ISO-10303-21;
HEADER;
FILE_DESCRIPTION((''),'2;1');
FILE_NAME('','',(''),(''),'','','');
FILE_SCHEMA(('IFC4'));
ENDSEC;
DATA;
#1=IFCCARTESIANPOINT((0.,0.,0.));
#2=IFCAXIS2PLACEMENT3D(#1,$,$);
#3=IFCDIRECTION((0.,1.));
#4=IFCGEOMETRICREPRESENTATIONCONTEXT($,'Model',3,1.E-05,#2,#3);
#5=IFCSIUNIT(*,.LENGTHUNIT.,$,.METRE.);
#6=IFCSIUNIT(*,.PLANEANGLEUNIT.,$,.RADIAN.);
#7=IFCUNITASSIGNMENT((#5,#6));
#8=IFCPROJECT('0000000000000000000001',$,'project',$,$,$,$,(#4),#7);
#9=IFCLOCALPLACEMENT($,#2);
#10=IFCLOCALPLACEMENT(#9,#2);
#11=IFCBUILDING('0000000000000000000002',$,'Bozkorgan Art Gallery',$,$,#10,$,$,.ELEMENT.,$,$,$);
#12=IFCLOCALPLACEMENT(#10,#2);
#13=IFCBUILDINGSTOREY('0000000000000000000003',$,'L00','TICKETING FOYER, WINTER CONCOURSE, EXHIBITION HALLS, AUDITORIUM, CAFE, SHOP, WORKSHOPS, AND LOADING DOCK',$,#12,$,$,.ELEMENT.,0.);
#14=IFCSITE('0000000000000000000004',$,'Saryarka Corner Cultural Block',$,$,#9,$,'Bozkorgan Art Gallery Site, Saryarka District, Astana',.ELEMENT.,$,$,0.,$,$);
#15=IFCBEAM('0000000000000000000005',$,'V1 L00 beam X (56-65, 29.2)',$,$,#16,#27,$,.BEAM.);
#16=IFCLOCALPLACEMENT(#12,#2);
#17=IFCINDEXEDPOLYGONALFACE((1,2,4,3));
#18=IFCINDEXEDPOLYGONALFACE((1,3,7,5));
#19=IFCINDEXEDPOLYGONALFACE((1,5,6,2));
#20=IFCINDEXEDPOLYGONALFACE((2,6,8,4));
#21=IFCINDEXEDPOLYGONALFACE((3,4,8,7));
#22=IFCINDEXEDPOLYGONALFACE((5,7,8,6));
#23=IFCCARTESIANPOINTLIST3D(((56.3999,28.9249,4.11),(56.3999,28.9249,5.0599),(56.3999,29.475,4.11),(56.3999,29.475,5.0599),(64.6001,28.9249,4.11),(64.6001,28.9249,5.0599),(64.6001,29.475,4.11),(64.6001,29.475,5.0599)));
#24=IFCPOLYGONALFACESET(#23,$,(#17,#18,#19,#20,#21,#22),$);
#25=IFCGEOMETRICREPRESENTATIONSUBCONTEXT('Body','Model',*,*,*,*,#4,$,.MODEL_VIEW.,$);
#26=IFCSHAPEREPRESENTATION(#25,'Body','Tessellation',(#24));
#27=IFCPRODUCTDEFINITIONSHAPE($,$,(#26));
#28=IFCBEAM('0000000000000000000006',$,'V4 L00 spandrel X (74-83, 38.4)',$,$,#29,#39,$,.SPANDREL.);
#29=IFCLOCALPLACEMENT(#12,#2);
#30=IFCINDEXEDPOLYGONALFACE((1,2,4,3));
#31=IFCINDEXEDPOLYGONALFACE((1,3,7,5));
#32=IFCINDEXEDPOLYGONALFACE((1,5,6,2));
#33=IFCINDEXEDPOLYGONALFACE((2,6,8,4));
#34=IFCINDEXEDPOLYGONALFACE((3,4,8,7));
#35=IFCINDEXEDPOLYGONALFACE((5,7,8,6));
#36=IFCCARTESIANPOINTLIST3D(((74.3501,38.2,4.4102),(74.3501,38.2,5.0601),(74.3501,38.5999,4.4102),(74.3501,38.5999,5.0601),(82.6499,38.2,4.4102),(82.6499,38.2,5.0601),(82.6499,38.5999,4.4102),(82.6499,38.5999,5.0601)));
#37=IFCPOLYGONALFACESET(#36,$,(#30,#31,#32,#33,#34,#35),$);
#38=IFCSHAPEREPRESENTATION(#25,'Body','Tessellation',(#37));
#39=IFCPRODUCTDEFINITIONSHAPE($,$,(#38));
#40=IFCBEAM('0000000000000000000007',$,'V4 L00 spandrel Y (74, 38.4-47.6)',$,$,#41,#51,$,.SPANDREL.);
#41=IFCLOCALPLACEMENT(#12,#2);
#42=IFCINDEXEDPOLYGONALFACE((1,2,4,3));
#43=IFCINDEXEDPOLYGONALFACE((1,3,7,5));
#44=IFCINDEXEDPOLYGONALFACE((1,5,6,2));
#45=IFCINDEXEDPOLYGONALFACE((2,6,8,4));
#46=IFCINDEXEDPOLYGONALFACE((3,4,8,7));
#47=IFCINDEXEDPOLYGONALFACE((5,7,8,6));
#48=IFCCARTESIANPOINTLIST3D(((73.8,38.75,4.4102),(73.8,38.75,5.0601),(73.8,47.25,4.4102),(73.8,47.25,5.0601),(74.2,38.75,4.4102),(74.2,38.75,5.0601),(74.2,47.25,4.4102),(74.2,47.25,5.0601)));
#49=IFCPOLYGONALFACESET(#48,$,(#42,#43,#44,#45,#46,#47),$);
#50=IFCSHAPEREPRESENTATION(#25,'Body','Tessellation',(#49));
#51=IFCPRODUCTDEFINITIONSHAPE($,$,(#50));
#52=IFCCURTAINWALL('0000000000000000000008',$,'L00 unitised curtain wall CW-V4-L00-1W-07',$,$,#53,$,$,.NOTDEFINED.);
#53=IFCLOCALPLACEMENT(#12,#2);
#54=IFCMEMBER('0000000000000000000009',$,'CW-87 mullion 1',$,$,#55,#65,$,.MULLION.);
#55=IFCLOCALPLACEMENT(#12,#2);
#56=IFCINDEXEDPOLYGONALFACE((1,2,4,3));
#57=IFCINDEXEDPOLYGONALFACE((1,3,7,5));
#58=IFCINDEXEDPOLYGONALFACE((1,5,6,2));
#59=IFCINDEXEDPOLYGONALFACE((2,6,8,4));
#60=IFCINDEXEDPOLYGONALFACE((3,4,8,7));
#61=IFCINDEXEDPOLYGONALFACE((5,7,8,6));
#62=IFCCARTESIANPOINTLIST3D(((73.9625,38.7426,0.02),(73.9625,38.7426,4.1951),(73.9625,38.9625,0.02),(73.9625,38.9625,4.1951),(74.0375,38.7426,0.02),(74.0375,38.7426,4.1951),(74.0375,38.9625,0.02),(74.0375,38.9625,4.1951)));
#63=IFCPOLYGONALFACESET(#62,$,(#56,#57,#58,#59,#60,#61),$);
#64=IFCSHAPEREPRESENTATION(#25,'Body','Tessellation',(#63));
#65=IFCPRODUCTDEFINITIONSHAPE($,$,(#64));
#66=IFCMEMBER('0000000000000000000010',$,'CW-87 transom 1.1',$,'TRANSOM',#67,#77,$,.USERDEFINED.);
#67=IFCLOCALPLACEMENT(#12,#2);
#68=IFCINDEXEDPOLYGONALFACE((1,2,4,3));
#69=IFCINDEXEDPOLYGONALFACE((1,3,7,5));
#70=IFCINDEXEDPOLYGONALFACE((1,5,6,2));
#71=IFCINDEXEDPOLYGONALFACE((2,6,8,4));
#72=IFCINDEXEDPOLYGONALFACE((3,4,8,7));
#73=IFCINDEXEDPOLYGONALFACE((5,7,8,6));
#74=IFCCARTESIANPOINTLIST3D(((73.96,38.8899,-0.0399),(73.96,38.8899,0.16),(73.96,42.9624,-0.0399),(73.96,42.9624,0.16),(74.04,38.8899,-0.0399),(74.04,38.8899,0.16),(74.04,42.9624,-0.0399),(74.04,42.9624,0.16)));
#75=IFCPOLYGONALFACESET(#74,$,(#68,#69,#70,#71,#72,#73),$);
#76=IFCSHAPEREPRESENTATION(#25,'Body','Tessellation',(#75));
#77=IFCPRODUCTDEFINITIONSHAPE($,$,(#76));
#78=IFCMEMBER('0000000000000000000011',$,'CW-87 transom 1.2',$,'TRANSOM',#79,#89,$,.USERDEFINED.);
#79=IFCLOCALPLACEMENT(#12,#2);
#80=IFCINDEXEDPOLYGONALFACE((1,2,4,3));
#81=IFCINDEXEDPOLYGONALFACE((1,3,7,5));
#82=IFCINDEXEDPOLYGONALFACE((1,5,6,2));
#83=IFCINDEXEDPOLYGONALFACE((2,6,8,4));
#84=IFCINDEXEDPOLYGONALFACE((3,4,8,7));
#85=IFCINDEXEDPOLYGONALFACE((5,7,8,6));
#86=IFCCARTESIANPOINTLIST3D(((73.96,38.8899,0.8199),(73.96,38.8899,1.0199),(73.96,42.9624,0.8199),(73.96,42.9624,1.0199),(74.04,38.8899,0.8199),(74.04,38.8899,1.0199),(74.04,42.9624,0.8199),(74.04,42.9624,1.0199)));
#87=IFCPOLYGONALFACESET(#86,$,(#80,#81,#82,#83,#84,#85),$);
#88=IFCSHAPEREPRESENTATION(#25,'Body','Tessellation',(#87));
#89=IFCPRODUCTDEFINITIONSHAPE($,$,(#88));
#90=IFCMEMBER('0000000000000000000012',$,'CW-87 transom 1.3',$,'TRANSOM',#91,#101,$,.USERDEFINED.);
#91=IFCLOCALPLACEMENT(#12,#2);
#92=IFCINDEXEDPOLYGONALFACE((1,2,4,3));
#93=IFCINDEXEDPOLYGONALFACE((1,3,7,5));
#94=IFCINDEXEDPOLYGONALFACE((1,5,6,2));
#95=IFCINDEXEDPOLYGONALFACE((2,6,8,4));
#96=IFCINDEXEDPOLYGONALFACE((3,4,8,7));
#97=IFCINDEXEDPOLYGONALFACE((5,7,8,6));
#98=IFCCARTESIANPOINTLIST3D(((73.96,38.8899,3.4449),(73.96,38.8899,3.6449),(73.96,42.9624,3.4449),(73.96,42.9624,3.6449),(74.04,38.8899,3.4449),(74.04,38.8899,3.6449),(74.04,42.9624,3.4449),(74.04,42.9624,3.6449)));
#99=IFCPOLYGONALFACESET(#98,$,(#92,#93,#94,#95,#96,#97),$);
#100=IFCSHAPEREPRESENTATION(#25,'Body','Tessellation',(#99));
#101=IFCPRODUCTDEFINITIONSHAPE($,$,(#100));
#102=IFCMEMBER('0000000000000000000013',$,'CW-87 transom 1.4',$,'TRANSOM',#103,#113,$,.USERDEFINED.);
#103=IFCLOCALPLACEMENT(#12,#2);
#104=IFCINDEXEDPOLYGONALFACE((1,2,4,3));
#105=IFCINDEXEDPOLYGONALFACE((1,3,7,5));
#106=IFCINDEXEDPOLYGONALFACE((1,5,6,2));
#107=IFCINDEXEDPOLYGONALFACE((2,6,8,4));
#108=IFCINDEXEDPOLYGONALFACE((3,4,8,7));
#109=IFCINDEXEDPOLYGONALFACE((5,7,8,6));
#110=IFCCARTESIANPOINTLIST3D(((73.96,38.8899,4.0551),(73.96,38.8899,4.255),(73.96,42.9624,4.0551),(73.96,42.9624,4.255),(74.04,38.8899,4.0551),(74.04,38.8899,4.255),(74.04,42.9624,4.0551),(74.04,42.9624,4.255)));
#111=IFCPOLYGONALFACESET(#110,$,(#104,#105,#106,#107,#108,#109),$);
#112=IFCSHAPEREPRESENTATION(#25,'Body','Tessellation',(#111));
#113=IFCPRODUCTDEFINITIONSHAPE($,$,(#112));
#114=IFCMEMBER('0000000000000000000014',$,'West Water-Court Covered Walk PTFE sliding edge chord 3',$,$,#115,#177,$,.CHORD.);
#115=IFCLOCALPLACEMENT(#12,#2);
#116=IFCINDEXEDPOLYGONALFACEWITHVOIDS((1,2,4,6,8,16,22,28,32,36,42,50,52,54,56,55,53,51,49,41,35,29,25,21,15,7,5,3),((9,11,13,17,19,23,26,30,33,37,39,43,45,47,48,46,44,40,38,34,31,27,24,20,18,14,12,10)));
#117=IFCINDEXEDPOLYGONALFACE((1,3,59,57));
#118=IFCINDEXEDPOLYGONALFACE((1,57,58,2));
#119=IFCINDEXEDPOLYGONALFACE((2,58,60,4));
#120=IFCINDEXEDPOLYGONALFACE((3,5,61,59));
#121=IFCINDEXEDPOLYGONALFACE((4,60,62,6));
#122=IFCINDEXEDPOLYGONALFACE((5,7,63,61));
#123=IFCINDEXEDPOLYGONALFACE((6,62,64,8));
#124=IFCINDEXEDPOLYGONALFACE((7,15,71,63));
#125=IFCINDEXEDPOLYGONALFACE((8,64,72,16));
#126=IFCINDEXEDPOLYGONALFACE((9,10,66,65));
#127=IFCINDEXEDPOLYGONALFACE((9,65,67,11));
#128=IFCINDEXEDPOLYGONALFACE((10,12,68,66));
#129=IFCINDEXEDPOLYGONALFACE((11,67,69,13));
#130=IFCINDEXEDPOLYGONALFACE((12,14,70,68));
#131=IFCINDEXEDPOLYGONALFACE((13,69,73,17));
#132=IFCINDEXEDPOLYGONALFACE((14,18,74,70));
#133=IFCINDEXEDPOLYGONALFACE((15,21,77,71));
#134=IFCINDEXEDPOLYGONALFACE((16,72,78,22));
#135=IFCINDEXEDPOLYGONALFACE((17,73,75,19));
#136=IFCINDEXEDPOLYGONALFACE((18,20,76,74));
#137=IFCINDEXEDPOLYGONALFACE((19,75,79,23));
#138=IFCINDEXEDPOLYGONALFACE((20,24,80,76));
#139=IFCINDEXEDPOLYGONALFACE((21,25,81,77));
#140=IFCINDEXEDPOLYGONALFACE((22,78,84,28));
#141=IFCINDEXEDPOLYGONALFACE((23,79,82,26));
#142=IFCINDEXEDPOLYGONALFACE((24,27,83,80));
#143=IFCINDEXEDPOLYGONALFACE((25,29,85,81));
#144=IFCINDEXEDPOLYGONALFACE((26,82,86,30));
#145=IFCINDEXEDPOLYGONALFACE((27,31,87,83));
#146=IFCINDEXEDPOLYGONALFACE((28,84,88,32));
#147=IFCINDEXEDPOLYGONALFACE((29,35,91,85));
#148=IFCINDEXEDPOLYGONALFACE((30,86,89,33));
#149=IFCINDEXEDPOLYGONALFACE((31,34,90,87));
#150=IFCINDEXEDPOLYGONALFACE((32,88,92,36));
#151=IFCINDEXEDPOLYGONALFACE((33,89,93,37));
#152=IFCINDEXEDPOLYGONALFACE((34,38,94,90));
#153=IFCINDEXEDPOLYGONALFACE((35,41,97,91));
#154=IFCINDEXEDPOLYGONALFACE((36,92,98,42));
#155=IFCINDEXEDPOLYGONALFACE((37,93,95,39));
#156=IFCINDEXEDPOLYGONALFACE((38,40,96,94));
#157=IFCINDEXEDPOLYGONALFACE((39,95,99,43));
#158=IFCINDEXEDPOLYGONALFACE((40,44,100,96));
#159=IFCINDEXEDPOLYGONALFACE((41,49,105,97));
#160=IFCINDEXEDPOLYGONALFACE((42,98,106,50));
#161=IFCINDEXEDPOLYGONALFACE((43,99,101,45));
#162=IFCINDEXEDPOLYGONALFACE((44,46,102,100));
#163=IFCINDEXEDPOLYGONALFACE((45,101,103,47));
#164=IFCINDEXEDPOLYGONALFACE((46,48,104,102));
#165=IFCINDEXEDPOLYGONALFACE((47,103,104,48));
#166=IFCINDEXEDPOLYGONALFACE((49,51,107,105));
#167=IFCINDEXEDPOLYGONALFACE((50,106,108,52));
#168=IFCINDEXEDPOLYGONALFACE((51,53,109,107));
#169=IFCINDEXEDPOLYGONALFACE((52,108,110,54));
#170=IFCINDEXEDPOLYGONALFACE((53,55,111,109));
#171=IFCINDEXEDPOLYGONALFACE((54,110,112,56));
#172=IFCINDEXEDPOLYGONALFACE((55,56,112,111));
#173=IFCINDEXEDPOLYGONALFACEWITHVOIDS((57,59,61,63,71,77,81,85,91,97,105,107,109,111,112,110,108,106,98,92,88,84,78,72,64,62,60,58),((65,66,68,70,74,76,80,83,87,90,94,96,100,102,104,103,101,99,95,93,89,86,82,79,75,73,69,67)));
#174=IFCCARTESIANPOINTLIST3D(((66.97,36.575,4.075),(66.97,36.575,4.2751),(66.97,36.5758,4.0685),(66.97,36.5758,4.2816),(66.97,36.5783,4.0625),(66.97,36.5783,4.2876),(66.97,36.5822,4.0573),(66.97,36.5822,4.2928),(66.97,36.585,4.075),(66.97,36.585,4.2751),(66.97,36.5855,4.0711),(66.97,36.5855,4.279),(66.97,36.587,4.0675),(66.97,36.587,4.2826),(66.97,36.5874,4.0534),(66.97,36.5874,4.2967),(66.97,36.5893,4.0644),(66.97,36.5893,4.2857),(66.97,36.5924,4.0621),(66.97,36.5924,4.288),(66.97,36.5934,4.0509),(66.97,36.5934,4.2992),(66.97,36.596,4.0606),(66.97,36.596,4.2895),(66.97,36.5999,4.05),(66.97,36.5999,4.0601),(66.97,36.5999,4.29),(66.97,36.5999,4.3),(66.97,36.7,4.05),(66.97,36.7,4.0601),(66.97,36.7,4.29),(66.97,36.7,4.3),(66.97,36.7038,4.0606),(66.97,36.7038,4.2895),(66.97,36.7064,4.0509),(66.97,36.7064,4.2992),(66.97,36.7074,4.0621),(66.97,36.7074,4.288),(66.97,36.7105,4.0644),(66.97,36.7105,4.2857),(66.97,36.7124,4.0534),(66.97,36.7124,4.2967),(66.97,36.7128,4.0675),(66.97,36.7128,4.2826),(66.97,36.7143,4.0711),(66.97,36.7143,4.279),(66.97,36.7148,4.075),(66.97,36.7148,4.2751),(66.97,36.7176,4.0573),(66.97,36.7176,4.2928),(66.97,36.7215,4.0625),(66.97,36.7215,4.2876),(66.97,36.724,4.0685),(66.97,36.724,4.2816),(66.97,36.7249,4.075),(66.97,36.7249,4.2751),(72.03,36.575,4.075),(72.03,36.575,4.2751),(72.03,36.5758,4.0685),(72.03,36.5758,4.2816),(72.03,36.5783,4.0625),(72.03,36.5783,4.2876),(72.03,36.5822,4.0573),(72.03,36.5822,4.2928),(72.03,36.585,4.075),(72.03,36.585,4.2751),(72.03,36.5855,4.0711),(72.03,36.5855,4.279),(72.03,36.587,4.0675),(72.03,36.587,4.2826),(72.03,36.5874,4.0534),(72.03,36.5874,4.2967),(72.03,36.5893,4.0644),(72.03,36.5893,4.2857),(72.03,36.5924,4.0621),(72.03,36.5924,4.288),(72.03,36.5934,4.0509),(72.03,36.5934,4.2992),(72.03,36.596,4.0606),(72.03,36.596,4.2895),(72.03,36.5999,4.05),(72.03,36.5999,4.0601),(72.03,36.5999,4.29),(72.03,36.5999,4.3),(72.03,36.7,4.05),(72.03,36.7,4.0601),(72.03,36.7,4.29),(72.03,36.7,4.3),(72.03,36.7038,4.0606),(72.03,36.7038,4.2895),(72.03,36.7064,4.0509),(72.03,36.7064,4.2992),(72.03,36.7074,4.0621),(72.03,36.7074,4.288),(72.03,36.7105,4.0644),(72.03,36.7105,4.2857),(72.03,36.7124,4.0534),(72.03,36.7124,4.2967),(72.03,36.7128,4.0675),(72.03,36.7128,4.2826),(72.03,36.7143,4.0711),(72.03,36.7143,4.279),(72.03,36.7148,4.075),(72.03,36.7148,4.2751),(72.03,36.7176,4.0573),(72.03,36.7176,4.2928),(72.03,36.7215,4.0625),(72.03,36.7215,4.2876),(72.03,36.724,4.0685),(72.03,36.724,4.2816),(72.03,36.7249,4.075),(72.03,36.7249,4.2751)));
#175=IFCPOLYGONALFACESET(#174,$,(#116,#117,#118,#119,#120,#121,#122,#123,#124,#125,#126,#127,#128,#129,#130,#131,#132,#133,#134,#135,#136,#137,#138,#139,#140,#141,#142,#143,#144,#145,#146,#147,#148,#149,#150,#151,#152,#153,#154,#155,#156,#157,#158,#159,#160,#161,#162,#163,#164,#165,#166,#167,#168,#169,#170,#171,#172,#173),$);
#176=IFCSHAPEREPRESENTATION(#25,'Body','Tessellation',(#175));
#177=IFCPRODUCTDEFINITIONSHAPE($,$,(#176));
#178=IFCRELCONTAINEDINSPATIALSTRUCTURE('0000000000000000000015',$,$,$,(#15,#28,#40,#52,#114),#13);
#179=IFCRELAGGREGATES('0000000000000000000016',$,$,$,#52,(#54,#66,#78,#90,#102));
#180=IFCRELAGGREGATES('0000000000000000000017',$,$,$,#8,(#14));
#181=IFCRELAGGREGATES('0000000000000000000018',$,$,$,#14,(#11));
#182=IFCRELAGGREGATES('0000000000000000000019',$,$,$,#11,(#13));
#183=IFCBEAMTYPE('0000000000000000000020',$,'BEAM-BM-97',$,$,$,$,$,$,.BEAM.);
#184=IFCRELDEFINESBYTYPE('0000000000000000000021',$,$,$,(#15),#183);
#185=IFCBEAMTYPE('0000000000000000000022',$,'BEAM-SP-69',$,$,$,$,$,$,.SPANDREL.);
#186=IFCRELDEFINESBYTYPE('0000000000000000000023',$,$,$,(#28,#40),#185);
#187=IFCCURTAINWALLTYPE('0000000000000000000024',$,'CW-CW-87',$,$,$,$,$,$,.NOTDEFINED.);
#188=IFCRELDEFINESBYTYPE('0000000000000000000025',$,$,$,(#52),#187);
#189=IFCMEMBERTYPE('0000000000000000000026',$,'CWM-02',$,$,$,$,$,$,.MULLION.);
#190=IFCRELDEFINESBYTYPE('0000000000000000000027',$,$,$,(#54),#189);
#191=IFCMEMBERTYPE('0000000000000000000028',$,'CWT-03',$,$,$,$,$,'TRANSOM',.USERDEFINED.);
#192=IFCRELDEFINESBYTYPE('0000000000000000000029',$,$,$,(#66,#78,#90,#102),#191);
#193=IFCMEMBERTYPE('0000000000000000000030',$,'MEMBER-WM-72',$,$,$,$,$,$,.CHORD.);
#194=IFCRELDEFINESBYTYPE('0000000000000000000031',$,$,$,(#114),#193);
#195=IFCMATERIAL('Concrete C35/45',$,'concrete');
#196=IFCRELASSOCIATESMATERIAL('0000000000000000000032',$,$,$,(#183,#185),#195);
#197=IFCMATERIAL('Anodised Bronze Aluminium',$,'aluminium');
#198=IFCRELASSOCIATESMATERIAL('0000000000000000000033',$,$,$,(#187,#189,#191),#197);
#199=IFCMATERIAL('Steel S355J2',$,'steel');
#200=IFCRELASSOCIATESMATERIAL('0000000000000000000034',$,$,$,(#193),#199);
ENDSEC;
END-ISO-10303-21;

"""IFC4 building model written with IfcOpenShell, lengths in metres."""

from ifc_helpers import new_model, si_unit, direction, frame, origin, origin_2d, place, context, subcontext, project, spatial, rectangle, hollow_rectangle, extrude, material, material_profile, profile_set, type_object, element, aggregate, save


model = new_model("IFC4")

# Units and contexts
model_context = context("Model", 3, precision=1e-05, world=origin(), true_north=direction((0.0, 1.0)))
body_context = subcontext(model_context, "Body", "Model", "MODEL_VIEW")
ifc_project = project(units=[si_unit("LENGTHUNIT", "METRE"), si_unit("PLANEANGLEUNIT", "RADIAN")], contexts=[model_context])

# Site, building, storey
site_placement = place(None, origin())
site = spatial("IfcSite", under=ifc_project, at=site_placement, Name="Saryarka Corner Cultural Block", LongName="Bozkorgan Art Gallery Site, Saryarka District, Astana", CompositionType="ELEMENT", RefElevation=0.0)
building_placement = place(site_placement, origin())
building = spatial("IfcBuilding", under=site, at=building_placement, Name="Bozkorgan Art Gallery", CompositionType="ELEMENT")
storey_placement = place(building_placement, origin())
storey = spatial("IfcBuildingStorey", under=building, at=storey_placement, Name="L00", Description="TICKETING FOYER, WINTER CONCOURSE, EXHIBITION HALLS, AUDITORIUM, CAFE, SHOP, WORKSHOPS, AND LOADING DOCK", CompositionType="ELEMENT", Elevation=0.0)

# Shared definitions
ifc_material_1 = material(Name="Steel S355J2", Category="steel")

# Beams
ifc_material_2 = material(Name="Concrete C35/45", Category="concrete")
ifc_material_profile_1 = material_profile(ifc_material_2, rectangle(XDim=0.55, YDim=0.95, at=origin_2d()), Name="RC 550x950")
ifc_profile_set_1 = profile_set([ifc_material_profile_1], Name="Concrete C35/45")
beam_type_1 = type_object("IfcBeamType", Name="BEAM-BM-97", PredefinedType="BEAM", material=ifc_profile_set_1)
for number, where, z_axis, x_axis, name in (
    (1, (56.3999, 29.2, 4.585), (1.0, 0.0, 0.0), (0.0, 1.0, 0.0), "V1 L00 beam X (56-65, 29.2)"),
):
    element("IfcBeam", number, at=place(storey_placement, frame(where, z_axis=z_axis, x_axis=x_axis)), inside=storey, type_object=beam_type_1, Name=name, PredefinedType="BEAM", context=body_context, shape_type="SweptSolid", body=[
        extrude(rectangle(XDim=0.55, YDim=0.95, at=origin_2d()), origin(), (0.0, 0.0, 1.0), 8.2002),
    ])
ifc_material_profile_2 = material_profile(ifc_material_2, rectangle(XDim=0.3999, YDim=0.6499, at=origin_2d()), Name="RC 400x650")
ifc_profile_set_2 = profile_set([ifc_material_profile_2], Name="Concrete C35/45")
beam_type_2 = type_object("IfcBeamType", Name="BEAM-SP-69", PredefinedType="SPANDREL", material=ifc_profile_set_2)
beam_1_placement = place(storey_placement, frame((74.3501, 38.3999, 4.7351), z_axis=(1.0, 0.0, 0.0), x_axis=(0.0, 1.0, 0.0)))
element("IfcBeam", 2, at=beam_1_placement, inside=storey, type_object=beam_type_2, Name="V4 L00 spandrel X (74-83, 38.4)", PredefinedType="SPANDREL", context=body_context, shape_type="SweptSolid", body=[
    extrude(rectangle(XDim=0.3999, YDim=0.6499, at=origin_2d()), origin(), (0.0, 0.0, 1.0), 8.2998),
])
beam_2_placement = place(storey_placement, frame((74.0, 38.75, 4.7351), z_axis=(0.0, 1.0, 0.0), x_axis=(-1.0, 0.0, 0.0)))
element("IfcBeam", 3, at=beam_2_placement, inside=storey, type_object=beam_type_2, Name="V4 L00 spandrel Y (74, 38.4-47.6)", PredefinedType="SPANDREL", context=body_context, shape_type="SweptSolid", body=[
    extrude(rectangle(XDim=0.3999, YDim=0.6499, at=origin_2d()), origin(), (0.0, 0.0, 1.0), 8.5),
])

# Curtain wall, members
ifc_material_3 = material(Name="Anodised Bronze Aluminium", Category="aluminium")
curtain_wall_type = type_object("IfcCurtainWallType", Name="CW-CW-87", PredefinedType="NOTDEFINED", material=ifc_material_3)
curtain_wall_placement = place(storey_placement, origin())
curtain_wall = element("IfcCurtainWall", 4, at=curtain_wall_placement, inside=storey, type_object=curtain_wall_type, Name="L00 unitised curtain wall CW-V4-L00-1W-07", PredefinedType="NOTDEFINED")
ifc_material_profile_3 = material_profile(ifc_material_3, rectangle(XDim=0.075, YDim=0.22, at=origin_2d()), Name="ALU MULLION 75x220")
ifc_profile_set_3 = profile_set([ifc_material_profile_3], Name="Anodised Bronze Aluminium")
member_type_1 = type_object("IfcMemberType", Name="CWM-02", PredefinedType="MULLION", material=ifc_profile_set_3)
member_1_placement = place(storey_placement, frame((74.0, 38.8525, 0.02), z_axis=(0.0, 0.0, 1.0), x_axis=(-1.0, 0.0, 0.0)))
member_1 = element("IfcMember", 5, at=member_1_placement, type_object=member_type_1, Name="CW-87 mullion 1", PredefinedType="MULLION", context=body_context, shape_type="SweptSolid", body=[
    extrude(rectangle(XDim=0.075, YDim=0.22, at=origin_2d()), origin(), (0.0, 0.0, 1.0), 4.175),
])
ifc_material_profile_4 = material_profile(ifc_material_3, rectangle(XDim=0.0801, YDim=0.2, at=origin_2d()), Name="ALU TRANSOM 80x200")
ifc_profile_set_4 = profile_set([ifc_material_profile_4], Name="Anodised Bronze Aluminium")
member_type_2 = type_object("IfcMemberType", Name="CWT-03", ElementType="TRANSOM", PredefinedType="USERDEFINED", material=ifc_profile_set_4)
member_2_placement = place(storey_placement, frame((74.0, 38.8899, 0.0601), z_axis=(0.0, 1.0, 0.0), x_axis=(-1.0, 0.0, 0.0)))
member_2 = element("IfcMember", 6, at=member_2_placement, type_object=member_type_2, Name="CW-87 transom 1.1", ObjectType="TRANSOM", PredefinedType="USERDEFINED", context=body_context, shape_type="SweptSolid", body=[
    extrude(rectangle(XDim=0.0801, YDim=0.2, at=origin_2d()), origin(), (0.0, 0.0, 1.0), 4.0725),
])
member_3_placement = place(storey_placement, frame((74.0, 38.8899, 0.9199), z_axis=(0.0, 1.0, 0.0), x_axis=(-1.0, 0.0, 0.0)))
member_3 = element("IfcMember", 7, at=member_3_placement, type_object=member_type_2, Name="CW-87 transom 1.2", ObjectType="TRANSOM", PredefinedType="USERDEFINED", context=body_context, shape_type="SweptSolid", body=[
    extrude(rectangle(XDim=0.0801, YDim=0.2, at=origin_2d()), origin(), (0.0, 0.0, 1.0), 4.0725),
])
member_4_placement = place(storey_placement, frame((74.0, 38.8899, 3.5449), z_axis=(0.0, 1.0, 0.0), x_axis=(-1.0, 0.0, 0.0)))
member_4 = element("IfcMember", 8, at=member_4_placement, type_object=member_type_2, Name="CW-87 transom 1.3", ObjectType="TRANSOM", PredefinedType="USERDEFINED", context=body_context, shape_type="SweptSolid", body=[
    extrude(rectangle(XDim=0.0801, YDim=0.2, at=origin_2d()), origin(), (0.0, 0.0, 1.0), 4.0725),
])
member_5_placement = place(storey_placement, frame((74.0, 38.8899, 4.155), z_axis=(0.0, 1.0, 0.0), x_axis=(-1.0, 0.0, 0.0)))
member_5 = element("IfcMember", 9, at=member_5_placement, type_object=member_type_2, Name="CW-87 transom 1.4", ObjectType="TRANSOM", PredefinedType="USERDEFINED", context=body_context, shape_type="SweptSolid", body=[
    extrude(rectangle(XDim=0.0801, YDim=0.2, at=origin_2d()), origin(), (0.0, 0.0, 1.0), 4.0725),
])
aggregate(curtain_wall, [member_1, member_2, member_3, member_4, member_5])

# Member
ifc_material_profile_5 = material_profile(ifc_material_1, hollow_rectangle(XDim=0.1499, YDim=0.25, WallThickness=0.01, InnerFilletRadius=0.0149, OuterFilletRadius=0.0249, at=origin_2d()), Name="RHS 250x150x10")
ifc_profile_set_5 = profile_set([ifc_material_profile_5], Name="Steel S355J2")
member_type_3 = type_object("IfcMemberType", Name="MEMBER-WM-72", PredefinedType="CHORD", material=ifc_profile_set_5)
member_6_placement = place(storey_placement, frame((72.03, 36.6499, 4.175), z_axis=(-1.0, 0.0, 0.0), x_axis=(0.0, -1.0, 0.0)))
element("IfcMember", 10, at=member_6_placement, inside=storey, type_object=member_type_3, Name="West Water-Court Covered Walk PTFE sliding edge chord 3", PredefinedType="CHORD", context=body_context, shape_type="SweptSolid", body=[
    extrude(hollow_rectangle(XDim=0.1499, YDim=0.25, WallThickness=0.01, InnerFilletRadius=0.0149, OuterFilletRadius=0.0249, at=origin_2d()), origin(), (0.0, 0.0, 1.0), 5.0601),
])

save(model, "model.ifc")
